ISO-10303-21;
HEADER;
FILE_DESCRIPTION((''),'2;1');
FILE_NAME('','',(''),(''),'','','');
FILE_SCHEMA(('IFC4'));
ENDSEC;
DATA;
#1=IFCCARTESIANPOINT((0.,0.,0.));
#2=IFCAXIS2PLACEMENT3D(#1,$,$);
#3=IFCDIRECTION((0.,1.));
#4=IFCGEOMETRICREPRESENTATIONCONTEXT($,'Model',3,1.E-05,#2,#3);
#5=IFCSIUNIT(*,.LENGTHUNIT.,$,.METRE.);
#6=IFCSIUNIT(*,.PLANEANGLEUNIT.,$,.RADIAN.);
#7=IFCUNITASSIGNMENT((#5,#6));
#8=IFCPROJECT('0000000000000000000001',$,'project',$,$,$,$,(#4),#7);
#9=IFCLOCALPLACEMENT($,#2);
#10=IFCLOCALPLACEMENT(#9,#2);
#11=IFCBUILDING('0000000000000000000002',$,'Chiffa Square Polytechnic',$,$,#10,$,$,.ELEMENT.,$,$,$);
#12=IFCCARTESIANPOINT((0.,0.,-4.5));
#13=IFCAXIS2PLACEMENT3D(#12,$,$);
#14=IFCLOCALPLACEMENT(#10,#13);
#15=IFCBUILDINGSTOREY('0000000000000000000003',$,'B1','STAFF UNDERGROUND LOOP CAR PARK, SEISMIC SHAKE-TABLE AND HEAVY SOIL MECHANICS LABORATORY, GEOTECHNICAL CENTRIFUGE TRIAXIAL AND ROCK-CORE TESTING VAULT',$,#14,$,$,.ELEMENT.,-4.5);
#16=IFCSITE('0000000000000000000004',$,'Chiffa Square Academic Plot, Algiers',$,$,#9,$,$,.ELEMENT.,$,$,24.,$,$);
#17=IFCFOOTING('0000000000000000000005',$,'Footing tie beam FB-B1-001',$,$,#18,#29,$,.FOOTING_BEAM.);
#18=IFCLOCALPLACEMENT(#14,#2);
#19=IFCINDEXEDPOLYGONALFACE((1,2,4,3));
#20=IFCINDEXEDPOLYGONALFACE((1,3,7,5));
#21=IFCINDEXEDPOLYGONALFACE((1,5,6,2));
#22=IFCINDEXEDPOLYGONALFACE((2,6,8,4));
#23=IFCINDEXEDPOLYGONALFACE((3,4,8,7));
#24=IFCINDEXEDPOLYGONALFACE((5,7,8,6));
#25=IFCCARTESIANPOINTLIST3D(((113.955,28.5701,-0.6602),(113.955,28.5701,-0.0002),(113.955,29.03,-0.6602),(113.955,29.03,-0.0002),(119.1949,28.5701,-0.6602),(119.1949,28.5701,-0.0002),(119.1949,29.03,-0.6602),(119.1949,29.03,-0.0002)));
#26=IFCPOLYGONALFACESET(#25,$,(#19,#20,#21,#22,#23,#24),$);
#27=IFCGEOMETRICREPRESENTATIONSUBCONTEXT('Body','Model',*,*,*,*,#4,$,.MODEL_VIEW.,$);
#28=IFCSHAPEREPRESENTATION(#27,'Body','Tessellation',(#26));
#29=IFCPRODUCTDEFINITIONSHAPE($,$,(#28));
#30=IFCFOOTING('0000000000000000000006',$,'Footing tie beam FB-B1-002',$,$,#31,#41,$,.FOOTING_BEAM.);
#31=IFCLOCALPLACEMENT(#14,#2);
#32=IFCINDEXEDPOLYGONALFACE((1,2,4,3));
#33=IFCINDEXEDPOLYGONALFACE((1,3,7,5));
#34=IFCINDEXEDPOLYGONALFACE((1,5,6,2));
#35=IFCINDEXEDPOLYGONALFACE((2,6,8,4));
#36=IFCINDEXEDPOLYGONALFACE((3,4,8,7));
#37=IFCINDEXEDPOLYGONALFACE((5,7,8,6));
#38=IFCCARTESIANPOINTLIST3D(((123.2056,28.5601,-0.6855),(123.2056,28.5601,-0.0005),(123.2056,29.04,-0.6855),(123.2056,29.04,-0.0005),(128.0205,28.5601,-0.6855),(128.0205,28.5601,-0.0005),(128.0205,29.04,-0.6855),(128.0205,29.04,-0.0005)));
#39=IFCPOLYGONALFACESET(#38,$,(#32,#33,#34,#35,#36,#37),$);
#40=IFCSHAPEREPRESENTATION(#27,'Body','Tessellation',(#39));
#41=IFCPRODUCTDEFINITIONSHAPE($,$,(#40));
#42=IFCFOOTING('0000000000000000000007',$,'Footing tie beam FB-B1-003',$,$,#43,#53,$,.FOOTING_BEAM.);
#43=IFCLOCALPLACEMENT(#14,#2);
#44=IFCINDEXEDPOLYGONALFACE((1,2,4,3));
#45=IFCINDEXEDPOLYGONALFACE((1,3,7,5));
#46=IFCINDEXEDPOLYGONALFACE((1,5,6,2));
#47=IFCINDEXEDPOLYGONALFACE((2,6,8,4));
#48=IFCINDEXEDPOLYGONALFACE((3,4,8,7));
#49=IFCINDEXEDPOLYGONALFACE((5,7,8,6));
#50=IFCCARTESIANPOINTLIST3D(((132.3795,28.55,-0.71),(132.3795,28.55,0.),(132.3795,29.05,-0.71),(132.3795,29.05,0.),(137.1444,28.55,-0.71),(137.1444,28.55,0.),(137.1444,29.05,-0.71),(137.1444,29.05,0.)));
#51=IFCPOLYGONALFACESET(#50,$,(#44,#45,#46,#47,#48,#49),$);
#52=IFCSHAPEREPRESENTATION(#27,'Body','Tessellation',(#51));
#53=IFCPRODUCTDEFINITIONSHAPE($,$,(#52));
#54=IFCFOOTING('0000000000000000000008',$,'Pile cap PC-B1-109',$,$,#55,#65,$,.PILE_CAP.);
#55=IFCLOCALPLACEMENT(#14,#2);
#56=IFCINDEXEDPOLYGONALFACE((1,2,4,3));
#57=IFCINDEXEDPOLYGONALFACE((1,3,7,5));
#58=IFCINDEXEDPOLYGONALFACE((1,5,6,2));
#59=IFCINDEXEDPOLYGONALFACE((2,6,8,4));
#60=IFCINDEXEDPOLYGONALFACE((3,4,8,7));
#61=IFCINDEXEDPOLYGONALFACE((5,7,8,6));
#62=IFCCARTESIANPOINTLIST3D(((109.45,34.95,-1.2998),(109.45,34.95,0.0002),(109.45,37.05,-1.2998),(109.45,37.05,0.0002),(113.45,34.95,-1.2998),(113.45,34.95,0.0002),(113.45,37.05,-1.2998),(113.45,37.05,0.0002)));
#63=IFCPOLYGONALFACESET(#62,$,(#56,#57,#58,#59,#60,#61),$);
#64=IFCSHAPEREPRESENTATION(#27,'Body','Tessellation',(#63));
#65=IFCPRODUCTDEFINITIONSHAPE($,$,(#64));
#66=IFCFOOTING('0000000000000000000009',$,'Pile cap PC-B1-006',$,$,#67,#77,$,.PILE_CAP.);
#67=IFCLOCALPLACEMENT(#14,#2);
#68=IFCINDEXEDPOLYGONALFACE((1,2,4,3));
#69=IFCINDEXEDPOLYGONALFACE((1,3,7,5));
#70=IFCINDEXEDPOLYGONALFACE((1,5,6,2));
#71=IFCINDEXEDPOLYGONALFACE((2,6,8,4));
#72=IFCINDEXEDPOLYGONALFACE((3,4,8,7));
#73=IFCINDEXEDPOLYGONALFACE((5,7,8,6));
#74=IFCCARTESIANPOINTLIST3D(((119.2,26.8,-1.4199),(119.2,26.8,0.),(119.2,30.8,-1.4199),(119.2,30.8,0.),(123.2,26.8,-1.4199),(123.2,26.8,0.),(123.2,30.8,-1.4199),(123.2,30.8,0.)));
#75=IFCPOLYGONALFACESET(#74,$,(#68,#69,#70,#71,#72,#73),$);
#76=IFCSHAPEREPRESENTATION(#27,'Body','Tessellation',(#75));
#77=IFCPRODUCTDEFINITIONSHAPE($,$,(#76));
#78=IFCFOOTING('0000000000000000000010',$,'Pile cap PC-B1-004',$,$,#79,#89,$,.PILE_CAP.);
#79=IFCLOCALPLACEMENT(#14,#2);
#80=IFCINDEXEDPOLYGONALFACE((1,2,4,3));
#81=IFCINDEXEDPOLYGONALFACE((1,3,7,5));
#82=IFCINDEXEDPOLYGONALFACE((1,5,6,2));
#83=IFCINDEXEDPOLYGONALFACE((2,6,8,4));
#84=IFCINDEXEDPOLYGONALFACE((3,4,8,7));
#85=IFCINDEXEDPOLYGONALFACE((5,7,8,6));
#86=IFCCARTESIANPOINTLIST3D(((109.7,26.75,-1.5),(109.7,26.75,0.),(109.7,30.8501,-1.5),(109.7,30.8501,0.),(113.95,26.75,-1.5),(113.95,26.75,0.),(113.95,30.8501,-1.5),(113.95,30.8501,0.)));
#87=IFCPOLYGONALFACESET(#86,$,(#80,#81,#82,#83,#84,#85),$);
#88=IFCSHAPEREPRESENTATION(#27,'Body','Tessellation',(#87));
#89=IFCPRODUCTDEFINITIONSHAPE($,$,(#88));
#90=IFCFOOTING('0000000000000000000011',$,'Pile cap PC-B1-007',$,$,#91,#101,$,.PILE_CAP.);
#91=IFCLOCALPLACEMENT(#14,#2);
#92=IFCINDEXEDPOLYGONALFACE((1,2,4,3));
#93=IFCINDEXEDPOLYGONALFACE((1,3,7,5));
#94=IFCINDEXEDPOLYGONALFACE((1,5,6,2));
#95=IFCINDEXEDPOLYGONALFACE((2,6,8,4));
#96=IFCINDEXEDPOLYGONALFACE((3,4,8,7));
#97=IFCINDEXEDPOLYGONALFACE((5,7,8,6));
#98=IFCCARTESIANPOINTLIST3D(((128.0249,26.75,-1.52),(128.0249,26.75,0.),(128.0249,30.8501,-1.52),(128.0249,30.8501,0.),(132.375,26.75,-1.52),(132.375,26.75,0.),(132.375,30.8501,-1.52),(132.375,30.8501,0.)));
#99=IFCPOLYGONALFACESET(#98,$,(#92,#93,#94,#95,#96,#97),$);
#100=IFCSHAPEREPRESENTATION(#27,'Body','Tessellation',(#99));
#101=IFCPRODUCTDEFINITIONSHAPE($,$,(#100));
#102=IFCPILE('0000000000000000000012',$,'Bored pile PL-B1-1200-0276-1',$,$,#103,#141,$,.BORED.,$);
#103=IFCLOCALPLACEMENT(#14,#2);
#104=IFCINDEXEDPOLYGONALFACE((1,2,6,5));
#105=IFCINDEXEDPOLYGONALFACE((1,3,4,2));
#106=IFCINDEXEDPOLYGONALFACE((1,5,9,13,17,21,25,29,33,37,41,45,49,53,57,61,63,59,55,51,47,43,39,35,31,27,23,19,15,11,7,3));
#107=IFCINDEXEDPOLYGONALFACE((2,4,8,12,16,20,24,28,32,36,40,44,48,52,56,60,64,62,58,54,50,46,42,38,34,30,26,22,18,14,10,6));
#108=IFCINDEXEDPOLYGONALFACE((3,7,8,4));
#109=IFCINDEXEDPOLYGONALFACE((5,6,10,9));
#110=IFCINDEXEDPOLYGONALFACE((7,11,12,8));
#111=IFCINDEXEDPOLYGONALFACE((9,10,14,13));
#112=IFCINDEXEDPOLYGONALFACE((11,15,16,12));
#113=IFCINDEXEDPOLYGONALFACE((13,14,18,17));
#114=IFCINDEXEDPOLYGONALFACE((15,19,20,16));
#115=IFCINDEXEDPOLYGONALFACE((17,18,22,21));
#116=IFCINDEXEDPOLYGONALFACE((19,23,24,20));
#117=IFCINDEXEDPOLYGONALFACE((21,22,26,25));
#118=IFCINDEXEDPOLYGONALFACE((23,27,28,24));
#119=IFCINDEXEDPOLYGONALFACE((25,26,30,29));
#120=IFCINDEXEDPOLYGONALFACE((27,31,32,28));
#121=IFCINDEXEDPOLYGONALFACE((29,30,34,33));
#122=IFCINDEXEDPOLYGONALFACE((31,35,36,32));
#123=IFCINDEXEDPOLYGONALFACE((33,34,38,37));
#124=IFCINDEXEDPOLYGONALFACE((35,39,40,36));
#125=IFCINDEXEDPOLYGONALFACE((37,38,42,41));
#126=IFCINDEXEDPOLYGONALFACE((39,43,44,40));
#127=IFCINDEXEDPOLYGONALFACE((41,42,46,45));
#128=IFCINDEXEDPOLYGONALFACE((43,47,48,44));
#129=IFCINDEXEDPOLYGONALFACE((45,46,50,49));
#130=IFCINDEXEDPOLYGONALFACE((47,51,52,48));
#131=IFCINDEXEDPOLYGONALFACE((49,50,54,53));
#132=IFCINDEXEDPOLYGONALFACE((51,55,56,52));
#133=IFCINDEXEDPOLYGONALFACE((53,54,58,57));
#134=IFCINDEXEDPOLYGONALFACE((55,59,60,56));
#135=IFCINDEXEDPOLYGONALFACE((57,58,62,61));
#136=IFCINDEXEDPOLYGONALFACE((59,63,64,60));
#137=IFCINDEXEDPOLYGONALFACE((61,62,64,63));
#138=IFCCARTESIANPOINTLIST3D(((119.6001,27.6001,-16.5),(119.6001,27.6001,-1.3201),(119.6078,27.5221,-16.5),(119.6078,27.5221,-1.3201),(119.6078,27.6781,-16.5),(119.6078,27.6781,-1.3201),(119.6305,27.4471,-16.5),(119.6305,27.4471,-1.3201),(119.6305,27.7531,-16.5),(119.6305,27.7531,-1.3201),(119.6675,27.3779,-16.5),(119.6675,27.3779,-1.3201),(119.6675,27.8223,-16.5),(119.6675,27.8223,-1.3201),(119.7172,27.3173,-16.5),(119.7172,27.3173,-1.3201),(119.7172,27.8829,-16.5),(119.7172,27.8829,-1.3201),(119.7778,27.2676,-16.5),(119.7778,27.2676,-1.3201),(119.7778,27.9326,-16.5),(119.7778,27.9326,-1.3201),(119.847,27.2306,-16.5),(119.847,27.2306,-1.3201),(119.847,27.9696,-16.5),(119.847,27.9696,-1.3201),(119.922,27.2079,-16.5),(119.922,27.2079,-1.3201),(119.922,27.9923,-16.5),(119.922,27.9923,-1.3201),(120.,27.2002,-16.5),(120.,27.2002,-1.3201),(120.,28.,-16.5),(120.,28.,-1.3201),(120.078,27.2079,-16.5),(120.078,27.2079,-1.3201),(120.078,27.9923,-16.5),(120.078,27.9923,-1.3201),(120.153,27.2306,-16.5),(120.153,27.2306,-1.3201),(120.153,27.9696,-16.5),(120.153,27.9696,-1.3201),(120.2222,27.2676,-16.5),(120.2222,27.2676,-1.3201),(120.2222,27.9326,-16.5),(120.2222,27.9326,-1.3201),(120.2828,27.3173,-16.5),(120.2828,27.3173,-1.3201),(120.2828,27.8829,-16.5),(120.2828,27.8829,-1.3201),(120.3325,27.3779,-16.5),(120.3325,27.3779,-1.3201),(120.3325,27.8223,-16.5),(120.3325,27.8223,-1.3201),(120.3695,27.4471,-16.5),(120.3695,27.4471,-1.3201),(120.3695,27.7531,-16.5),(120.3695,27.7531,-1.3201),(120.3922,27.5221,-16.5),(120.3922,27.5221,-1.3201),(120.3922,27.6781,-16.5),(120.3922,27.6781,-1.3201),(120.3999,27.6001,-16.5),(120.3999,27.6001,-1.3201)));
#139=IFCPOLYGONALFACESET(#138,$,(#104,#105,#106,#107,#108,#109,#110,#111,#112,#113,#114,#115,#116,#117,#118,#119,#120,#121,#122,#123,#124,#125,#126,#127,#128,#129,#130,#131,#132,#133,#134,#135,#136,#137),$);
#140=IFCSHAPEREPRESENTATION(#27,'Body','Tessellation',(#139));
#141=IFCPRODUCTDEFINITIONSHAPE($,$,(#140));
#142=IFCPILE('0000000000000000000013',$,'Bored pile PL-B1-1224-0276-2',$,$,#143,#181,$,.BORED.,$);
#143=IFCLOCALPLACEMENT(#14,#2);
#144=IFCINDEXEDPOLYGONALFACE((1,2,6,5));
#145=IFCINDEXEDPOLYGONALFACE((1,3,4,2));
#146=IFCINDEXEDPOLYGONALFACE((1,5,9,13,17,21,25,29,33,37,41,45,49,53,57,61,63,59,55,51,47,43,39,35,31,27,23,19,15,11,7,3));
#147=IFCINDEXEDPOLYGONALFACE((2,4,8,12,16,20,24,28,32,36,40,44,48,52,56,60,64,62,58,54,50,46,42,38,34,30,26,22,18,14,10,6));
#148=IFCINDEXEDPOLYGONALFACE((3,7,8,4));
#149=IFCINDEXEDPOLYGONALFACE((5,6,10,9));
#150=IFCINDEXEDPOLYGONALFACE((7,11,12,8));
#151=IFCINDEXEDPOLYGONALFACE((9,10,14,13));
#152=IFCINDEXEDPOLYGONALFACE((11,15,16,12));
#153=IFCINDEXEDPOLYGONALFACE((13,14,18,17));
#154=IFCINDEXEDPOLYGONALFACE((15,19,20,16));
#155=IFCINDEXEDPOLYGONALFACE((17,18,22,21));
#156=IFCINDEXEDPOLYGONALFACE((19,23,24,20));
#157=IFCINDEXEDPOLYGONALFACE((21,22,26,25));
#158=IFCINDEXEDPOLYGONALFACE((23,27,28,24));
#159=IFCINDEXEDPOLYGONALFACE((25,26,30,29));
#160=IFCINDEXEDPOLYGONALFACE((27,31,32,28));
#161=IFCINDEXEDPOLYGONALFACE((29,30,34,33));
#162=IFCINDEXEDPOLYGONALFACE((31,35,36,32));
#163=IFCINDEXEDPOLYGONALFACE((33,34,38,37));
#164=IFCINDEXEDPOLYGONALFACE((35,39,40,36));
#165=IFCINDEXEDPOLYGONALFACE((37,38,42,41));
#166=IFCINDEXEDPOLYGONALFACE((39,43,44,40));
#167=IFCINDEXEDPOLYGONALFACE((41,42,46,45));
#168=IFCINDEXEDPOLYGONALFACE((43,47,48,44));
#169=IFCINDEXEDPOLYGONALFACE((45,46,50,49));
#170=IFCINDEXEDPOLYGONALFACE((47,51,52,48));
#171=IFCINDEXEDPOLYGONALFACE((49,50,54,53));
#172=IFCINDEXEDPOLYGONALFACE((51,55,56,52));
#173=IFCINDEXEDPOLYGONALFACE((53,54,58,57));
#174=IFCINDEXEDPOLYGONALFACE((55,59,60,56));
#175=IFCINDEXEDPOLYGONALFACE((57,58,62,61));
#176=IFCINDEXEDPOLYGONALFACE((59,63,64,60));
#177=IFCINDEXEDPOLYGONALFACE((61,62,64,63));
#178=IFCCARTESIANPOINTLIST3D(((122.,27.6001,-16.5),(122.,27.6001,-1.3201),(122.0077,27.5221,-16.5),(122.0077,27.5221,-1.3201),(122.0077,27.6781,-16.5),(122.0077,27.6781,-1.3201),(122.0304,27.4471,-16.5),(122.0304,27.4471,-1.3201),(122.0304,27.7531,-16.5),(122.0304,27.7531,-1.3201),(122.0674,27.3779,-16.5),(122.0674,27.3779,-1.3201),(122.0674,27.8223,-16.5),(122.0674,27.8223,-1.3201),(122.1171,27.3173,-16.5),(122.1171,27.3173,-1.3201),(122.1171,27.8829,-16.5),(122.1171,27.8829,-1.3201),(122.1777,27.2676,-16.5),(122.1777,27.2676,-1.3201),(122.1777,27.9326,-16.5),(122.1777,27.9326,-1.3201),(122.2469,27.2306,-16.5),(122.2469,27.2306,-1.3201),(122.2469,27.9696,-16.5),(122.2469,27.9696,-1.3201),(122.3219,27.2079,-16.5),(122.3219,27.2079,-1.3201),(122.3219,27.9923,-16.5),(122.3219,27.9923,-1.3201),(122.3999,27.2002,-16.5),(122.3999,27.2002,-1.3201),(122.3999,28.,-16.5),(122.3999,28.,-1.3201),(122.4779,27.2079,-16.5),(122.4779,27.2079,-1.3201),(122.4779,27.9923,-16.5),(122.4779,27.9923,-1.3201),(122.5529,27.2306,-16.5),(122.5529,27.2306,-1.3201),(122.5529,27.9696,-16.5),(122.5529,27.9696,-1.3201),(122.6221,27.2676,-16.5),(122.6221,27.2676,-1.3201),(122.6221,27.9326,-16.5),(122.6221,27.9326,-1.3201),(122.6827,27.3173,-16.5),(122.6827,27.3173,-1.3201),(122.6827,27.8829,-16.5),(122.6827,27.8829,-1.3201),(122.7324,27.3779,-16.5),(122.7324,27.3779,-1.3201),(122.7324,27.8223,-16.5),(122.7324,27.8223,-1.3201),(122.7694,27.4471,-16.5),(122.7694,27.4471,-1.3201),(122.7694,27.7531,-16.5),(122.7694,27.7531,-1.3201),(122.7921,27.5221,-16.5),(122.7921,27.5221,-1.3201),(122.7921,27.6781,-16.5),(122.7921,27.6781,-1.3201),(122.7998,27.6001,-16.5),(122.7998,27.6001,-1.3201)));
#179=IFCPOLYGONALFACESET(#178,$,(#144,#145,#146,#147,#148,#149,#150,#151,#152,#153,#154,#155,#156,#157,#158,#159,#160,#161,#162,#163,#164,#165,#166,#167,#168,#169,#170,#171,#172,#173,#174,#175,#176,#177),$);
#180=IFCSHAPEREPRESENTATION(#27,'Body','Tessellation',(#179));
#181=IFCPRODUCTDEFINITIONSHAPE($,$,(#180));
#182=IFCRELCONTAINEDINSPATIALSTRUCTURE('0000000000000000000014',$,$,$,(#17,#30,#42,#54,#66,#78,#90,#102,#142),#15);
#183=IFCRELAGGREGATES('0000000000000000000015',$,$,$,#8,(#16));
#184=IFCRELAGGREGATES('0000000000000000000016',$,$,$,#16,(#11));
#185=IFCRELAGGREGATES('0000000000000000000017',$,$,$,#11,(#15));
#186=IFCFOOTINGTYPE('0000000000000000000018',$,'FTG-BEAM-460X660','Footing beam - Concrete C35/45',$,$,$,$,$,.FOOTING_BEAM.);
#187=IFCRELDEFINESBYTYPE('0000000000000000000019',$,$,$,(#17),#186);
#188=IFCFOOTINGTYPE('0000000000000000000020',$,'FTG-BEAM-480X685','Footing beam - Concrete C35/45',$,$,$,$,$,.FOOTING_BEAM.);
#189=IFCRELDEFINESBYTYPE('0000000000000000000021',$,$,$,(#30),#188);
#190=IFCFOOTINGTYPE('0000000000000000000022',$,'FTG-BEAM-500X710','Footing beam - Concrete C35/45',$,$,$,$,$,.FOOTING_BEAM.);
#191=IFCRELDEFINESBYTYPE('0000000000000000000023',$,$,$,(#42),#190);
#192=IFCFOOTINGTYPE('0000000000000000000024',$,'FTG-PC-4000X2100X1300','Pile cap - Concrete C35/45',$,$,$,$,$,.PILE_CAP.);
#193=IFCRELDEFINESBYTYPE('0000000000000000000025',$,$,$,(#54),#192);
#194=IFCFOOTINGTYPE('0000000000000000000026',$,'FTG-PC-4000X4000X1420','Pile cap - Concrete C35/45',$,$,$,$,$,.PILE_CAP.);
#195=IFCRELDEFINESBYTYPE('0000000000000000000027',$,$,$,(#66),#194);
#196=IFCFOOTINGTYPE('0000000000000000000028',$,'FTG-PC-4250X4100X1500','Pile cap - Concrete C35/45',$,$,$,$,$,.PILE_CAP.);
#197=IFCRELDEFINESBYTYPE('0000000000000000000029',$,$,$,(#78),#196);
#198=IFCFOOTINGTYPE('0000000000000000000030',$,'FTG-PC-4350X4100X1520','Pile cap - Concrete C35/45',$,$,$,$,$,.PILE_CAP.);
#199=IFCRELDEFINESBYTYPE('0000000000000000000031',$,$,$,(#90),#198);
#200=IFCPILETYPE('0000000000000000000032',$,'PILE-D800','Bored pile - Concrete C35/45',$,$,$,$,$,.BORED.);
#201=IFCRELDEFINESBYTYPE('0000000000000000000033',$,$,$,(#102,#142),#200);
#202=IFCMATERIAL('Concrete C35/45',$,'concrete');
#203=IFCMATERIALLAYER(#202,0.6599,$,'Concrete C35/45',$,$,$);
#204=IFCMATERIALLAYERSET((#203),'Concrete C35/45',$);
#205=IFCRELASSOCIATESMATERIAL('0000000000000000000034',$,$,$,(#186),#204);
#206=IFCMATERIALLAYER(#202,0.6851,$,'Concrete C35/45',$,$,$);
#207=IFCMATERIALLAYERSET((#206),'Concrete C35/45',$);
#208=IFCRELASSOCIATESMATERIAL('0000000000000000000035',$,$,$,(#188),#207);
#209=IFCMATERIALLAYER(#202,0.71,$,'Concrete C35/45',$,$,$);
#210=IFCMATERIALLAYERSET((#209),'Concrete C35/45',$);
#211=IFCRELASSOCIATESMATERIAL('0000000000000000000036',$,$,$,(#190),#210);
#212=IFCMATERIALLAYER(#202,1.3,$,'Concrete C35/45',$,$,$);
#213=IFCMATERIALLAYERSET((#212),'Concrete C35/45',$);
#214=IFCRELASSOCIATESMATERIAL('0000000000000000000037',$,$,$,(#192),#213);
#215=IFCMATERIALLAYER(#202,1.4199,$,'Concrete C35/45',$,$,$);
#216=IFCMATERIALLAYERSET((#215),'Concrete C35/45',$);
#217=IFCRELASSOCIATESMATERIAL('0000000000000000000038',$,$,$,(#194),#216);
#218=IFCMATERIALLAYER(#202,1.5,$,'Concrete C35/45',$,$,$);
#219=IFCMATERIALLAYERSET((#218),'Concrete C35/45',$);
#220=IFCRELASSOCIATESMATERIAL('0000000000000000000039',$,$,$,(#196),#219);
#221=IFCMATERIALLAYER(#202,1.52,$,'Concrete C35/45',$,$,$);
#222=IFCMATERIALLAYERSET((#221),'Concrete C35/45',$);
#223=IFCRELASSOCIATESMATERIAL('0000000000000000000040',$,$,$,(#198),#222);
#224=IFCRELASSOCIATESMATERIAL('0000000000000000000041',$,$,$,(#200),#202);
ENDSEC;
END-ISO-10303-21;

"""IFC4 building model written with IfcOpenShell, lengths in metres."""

from ifc_helpers import new_model, si_unit, direction, frame, origin, origin_2d, place, context, subcontext, project, spatial, rectangle, circle, extrude, material, layer, layer_set, material_profile, profile_set, type_object, element, save


model = new_model("IFC4")

# Units and contexts
model_context = context("Model", 3, precision=1e-05, world=origin(), true_north=direction((0.0, 1.0)))
body_context = subcontext(model_context, "Body", "Model", "MODEL_VIEW")
ifc_project = project(units=[si_unit("LENGTHUNIT", "METRE"), si_unit("PLANEANGLEUNIT", "RADIAN")], contexts=[model_context])

# Site, building, storey
site_placement = place(None, origin())
site = spatial("IfcSite", under=ifc_project, at=site_placement, Name="Chiffa Square Academic Plot, Algiers", CompositionType="ELEMENT", RefElevation=24.0)
building_placement = place(site_placement, origin())
building = spatial("IfcBuilding", under=site, at=building_placement, Name="Chiffa Square Polytechnic", CompositionType="ELEMENT")
storey_placement = place(building_placement, frame((0.0, 0.0, -4.5)))
storey = spatial("IfcBuildingStorey", under=building, at=storey_placement, Name="B1", Description="STAFF UNDERGROUND LOOP CAR PARK, SEISMIC SHAKE-TABLE AND HEAVY SOIL MECHANICS LABORATORY, GEOTECHNICAL CENTRIFUGE TRIAXIAL AND ROCK-CORE TESTING VAULT", CompositionType="ELEMENT", Elevation=-4.5)

# Footings
ifc_material_1 = material(Name="Concrete C35/45", Category="concrete")
ifc_layer_1 = layer(ifc_material_1, 0.6599, Name="Concrete C35/45")
ifc_layer_set_1 = layer_set([ifc_layer_1], Name="Concrete C35/45")
footing_type_1 = type_object("IfcFootingType", Name="FTG-BEAM-460X660", Description="Footing beam - Concrete C35/45", PredefinedType="FOOTING_BEAM", material=ifc_layer_set_1)
footing_1_placement = place(storey_placement, frame((116.575, 28.8, -0.6602), z_axis=(0.0, 0.0, 1.0), x_axis=(1.0, 0.0, 0.0)))
element("IfcFooting", 1, at=footing_1_placement, inside=storey, type_object=footing_type_1, Name="Footing tie beam FB-B1-001", PredefinedType="FOOTING_BEAM", context=body_context, shape_type="SweptSolid", body=[
    extrude(rectangle(XDim=5.24, YDim=0.46, at=origin_2d()), origin(), (0.0, 0.0, 1.0), 0.6599),
])
ifc_layer_2 = layer(ifc_material_1, 0.6851, Name="Concrete C35/45")
ifc_layer_set_2 = layer_set([ifc_layer_2], Name="Concrete C35/45")
footing_type_2 = type_object("IfcFootingType", Name="FTG-BEAM-480X685", Description="Footing beam - Concrete C35/45", PredefinedType="FOOTING_BEAM", material=ifc_layer_set_2)
footing_2_placement = place(storey_placement, frame((125.613, 28.8, -0.6855), z_axis=(0.0, 0.0, 1.0), x_axis=(1.0, 0.0, 0.0)))
element("IfcFooting", 2, at=footing_2_placement, inside=storey, type_object=footing_type_2, Name="Footing tie beam FB-B1-002", PredefinedType="FOOTING_BEAM", context=body_context, shape_type="SweptSolid", body=[
    extrude(rectangle(XDim=4.8149, YDim=0.48, at=origin_2d()), origin(), (0.0, 0.0, 1.0), 0.6851),
])
ifc_layer_3 = layer(ifc_material_1, 0.71, Name="Concrete C35/45")
ifc_layer_set_3 = layer_set([ifc_layer_3], Name="Concrete C35/45")
footing_type_3 = type_object("IfcFootingType", Name="FTG-BEAM-500X710", Description="Footing beam - Concrete C35/45", PredefinedType="FOOTING_BEAM", material=ifc_layer_set_3)
footing_3_placement = place(storey_placement, frame((134.762, 28.8, -0.71), z_axis=(0.0, 0.0, 1.0), x_axis=(1.0, 0.0, 0.0)))
element("IfcFooting", 3, at=footing_3_placement, inside=storey, type_object=footing_type_3, Name="Footing tie beam FB-B1-003", PredefinedType="FOOTING_BEAM", context=body_context, shape_type="SweptSolid", body=[
    extrude(rectangle(XDim=4.7649, YDim=0.5, at=origin_2d()), origin(), (0.0, 0.0, 1.0), 0.71),
])
ifc_layer_4 = layer(ifc_material_1, 1.3, Name="Concrete C35/45")
ifc_layer_set_4 = layer_set([ifc_layer_4], Name="Concrete C35/45")
footing_type_4 = type_object("IfcFootingType", Name="FTG-PC-4000X2100X1300", Description="Pile cap - Concrete C35/45", PredefinedType="PILE_CAP", material=ifc_layer_set_4)
footing_4_placement = place(storey_placement, frame((111.45, 36.0, -1.2998), z_axis=(0.0, 0.0, 1.0), x_axis=(1.0, 0.0, 0.0)))
element("IfcFooting", 4, at=footing_4_placement, inside=storey, type_object=footing_type_4, Name="Pile cap PC-B1-109", PredefinedType="PILE_CAP", context=body_context, shape_type="SweptSolid", body=[
    extrude(rectangle(XDim=4.0, YDim=2.1001, at=origin_2d()), origin(), (0.0, 0.0, 1.0), 1.3),
])
ifc_layer_5 = layer(ifc_material_1, 1.4199, Name="Concrete C35/45")
ifc_layer_set_5 = layer_set([ifc_layer_5], Name="Concrete C35/45")
footing_type_5 = type_object("IfcFootingType", Name="FTG-PC-4000X4000X1420", Description="Pile cap - Concrete C35/45", PredefinedType="PILE_CAP", material=ifc_layer_set_5)
footing_5_placement = place(storey_placement, frame((121.2, 28.8, -1.4199), z_axis=(0.0, 0.0, 1.0), x_axis=(1.0, 0.0, 0.0)))
element("IfcFooting", 5, at=footing_5_placement, inside=storey, type_object=footing_type_5, Name="Pile cap PC-B1-006", PredefinedType="PILE_CAP", context=body_context, shape_type="SweptSolid", body=[
    extrude(rectangle(XDim=4.0, YDim=4.0, at=origin_2d()), origin(), (0.0, 0.0, 1.0), 1.4199),
])
ifc_layer_6 = layer(ifc_material_1, 1.5, Name="Concrete C35/45")
ifc_layer_set_6 = layer_set([ifc_layer_6], Name="Concrete C35/45")
footing_type_6 = type_object("IfcFootingType", Name="FTG-PC-4250X4100X1500", Description="Pile cap - Concrete C35/45", PredefinedType="PILE_CAP", material=ifc_layer_set_6)
footing_6_placement = place(storey_placement, frame((111.825, 28.8, -1.5), z_axis=(0.0, 0.0, 1.0), x_axis=(1.0, 0.0, 0.0)))
element("IfcFooting", 6, at=footing_6_placement, inside=storey, type_object=footing_type_6, Name="Pile cap PC-B1-004", PredefinedType="PILE_CAP", context=body_context, shape_type="SweptSolid", body=[
    extrude(rectangle(XDim=4.25, YDim=4.1001, at=origin_2d()), origin(), (0.0, 0.0, 1.0), 1.5),
])
ifc_layer_7 = layer(ifc_material_1, 1.52, Name="Concrete C35/45")
ifc_layer_set_7 = layer_set([ifc_layer_7], Name="Concrete C35/45")
footing_type_7 = type_object("IfcFootingType", Name="FTG-PC-4350X4100X1520", Description="Pile cap - Concrete C35/45", PredefinedType="PILE_CAP", material=ifc_layer_set_7)
footing_7_placement = place(storey_placement, frame((130.2, 28.8, -1.52), z_axis=(0.0, 0.0, 1.0), x_axis=(1.0, 0.0, 0.0)))
element("IfcFooting", 7, at=footing_7_placement, inside=storey, type_object=footing_type_7, Name="Pile cap PC-B1-007", PredefinedType="PILE_CAP", context=body_context, shape_type="SweptSolid", body=[
    extrude(rectangle(XDim=4.3501, YDim=4.1001, at=origin_2d()), origin(), (0.0, 0.0, 1.0), 1.52),
])

# Piles
ifc_material_profile_1 = material_profile(ifc_material_1, circle(Radius=0.3999, at=origin_2d()), Name="PILE D800")
ifc_profile_set_1 = profile_set([ifc_material_profile_1], Name="Concrete C35/45")
pile_type_1 = type_object("IfcPileType", Name="PILE-D800", Description="Bored pile - Concrete C35/45", PredefinedType="BORED", material=ifc_profile_set_1)
for number, where, z_axis, x_axis, name in (
    (8, (120.0, 27.6001, -1.3201), (0.0, 0.0, -1.0), (1.0, 0.0, 0.0), "Bored pile PL-B1-1200-0276-1"),
    (9, (122.3999, 27.6001, -1.3201), (0.0, 0.0, -1.0), (1.0, 0.0, 0.0), "Bored pile PL-B1-1224-0276-2"),
):
    element("IfcPile", number, at=place(storey_placement, frame(where, z_axis=z_axis, x_axis=x_axis)), inside=storey, type_object=pile_type_1, Name=name, PredefinedType="BORED", context=body_context, shape_type="SweptSolid", body=[
        extrude(circle(Radius=0.3999, at=origin_2d()), origin(), (0.0, 0.0, 1.0), 15.1799),
    ])

save(model, "model.ifc")
